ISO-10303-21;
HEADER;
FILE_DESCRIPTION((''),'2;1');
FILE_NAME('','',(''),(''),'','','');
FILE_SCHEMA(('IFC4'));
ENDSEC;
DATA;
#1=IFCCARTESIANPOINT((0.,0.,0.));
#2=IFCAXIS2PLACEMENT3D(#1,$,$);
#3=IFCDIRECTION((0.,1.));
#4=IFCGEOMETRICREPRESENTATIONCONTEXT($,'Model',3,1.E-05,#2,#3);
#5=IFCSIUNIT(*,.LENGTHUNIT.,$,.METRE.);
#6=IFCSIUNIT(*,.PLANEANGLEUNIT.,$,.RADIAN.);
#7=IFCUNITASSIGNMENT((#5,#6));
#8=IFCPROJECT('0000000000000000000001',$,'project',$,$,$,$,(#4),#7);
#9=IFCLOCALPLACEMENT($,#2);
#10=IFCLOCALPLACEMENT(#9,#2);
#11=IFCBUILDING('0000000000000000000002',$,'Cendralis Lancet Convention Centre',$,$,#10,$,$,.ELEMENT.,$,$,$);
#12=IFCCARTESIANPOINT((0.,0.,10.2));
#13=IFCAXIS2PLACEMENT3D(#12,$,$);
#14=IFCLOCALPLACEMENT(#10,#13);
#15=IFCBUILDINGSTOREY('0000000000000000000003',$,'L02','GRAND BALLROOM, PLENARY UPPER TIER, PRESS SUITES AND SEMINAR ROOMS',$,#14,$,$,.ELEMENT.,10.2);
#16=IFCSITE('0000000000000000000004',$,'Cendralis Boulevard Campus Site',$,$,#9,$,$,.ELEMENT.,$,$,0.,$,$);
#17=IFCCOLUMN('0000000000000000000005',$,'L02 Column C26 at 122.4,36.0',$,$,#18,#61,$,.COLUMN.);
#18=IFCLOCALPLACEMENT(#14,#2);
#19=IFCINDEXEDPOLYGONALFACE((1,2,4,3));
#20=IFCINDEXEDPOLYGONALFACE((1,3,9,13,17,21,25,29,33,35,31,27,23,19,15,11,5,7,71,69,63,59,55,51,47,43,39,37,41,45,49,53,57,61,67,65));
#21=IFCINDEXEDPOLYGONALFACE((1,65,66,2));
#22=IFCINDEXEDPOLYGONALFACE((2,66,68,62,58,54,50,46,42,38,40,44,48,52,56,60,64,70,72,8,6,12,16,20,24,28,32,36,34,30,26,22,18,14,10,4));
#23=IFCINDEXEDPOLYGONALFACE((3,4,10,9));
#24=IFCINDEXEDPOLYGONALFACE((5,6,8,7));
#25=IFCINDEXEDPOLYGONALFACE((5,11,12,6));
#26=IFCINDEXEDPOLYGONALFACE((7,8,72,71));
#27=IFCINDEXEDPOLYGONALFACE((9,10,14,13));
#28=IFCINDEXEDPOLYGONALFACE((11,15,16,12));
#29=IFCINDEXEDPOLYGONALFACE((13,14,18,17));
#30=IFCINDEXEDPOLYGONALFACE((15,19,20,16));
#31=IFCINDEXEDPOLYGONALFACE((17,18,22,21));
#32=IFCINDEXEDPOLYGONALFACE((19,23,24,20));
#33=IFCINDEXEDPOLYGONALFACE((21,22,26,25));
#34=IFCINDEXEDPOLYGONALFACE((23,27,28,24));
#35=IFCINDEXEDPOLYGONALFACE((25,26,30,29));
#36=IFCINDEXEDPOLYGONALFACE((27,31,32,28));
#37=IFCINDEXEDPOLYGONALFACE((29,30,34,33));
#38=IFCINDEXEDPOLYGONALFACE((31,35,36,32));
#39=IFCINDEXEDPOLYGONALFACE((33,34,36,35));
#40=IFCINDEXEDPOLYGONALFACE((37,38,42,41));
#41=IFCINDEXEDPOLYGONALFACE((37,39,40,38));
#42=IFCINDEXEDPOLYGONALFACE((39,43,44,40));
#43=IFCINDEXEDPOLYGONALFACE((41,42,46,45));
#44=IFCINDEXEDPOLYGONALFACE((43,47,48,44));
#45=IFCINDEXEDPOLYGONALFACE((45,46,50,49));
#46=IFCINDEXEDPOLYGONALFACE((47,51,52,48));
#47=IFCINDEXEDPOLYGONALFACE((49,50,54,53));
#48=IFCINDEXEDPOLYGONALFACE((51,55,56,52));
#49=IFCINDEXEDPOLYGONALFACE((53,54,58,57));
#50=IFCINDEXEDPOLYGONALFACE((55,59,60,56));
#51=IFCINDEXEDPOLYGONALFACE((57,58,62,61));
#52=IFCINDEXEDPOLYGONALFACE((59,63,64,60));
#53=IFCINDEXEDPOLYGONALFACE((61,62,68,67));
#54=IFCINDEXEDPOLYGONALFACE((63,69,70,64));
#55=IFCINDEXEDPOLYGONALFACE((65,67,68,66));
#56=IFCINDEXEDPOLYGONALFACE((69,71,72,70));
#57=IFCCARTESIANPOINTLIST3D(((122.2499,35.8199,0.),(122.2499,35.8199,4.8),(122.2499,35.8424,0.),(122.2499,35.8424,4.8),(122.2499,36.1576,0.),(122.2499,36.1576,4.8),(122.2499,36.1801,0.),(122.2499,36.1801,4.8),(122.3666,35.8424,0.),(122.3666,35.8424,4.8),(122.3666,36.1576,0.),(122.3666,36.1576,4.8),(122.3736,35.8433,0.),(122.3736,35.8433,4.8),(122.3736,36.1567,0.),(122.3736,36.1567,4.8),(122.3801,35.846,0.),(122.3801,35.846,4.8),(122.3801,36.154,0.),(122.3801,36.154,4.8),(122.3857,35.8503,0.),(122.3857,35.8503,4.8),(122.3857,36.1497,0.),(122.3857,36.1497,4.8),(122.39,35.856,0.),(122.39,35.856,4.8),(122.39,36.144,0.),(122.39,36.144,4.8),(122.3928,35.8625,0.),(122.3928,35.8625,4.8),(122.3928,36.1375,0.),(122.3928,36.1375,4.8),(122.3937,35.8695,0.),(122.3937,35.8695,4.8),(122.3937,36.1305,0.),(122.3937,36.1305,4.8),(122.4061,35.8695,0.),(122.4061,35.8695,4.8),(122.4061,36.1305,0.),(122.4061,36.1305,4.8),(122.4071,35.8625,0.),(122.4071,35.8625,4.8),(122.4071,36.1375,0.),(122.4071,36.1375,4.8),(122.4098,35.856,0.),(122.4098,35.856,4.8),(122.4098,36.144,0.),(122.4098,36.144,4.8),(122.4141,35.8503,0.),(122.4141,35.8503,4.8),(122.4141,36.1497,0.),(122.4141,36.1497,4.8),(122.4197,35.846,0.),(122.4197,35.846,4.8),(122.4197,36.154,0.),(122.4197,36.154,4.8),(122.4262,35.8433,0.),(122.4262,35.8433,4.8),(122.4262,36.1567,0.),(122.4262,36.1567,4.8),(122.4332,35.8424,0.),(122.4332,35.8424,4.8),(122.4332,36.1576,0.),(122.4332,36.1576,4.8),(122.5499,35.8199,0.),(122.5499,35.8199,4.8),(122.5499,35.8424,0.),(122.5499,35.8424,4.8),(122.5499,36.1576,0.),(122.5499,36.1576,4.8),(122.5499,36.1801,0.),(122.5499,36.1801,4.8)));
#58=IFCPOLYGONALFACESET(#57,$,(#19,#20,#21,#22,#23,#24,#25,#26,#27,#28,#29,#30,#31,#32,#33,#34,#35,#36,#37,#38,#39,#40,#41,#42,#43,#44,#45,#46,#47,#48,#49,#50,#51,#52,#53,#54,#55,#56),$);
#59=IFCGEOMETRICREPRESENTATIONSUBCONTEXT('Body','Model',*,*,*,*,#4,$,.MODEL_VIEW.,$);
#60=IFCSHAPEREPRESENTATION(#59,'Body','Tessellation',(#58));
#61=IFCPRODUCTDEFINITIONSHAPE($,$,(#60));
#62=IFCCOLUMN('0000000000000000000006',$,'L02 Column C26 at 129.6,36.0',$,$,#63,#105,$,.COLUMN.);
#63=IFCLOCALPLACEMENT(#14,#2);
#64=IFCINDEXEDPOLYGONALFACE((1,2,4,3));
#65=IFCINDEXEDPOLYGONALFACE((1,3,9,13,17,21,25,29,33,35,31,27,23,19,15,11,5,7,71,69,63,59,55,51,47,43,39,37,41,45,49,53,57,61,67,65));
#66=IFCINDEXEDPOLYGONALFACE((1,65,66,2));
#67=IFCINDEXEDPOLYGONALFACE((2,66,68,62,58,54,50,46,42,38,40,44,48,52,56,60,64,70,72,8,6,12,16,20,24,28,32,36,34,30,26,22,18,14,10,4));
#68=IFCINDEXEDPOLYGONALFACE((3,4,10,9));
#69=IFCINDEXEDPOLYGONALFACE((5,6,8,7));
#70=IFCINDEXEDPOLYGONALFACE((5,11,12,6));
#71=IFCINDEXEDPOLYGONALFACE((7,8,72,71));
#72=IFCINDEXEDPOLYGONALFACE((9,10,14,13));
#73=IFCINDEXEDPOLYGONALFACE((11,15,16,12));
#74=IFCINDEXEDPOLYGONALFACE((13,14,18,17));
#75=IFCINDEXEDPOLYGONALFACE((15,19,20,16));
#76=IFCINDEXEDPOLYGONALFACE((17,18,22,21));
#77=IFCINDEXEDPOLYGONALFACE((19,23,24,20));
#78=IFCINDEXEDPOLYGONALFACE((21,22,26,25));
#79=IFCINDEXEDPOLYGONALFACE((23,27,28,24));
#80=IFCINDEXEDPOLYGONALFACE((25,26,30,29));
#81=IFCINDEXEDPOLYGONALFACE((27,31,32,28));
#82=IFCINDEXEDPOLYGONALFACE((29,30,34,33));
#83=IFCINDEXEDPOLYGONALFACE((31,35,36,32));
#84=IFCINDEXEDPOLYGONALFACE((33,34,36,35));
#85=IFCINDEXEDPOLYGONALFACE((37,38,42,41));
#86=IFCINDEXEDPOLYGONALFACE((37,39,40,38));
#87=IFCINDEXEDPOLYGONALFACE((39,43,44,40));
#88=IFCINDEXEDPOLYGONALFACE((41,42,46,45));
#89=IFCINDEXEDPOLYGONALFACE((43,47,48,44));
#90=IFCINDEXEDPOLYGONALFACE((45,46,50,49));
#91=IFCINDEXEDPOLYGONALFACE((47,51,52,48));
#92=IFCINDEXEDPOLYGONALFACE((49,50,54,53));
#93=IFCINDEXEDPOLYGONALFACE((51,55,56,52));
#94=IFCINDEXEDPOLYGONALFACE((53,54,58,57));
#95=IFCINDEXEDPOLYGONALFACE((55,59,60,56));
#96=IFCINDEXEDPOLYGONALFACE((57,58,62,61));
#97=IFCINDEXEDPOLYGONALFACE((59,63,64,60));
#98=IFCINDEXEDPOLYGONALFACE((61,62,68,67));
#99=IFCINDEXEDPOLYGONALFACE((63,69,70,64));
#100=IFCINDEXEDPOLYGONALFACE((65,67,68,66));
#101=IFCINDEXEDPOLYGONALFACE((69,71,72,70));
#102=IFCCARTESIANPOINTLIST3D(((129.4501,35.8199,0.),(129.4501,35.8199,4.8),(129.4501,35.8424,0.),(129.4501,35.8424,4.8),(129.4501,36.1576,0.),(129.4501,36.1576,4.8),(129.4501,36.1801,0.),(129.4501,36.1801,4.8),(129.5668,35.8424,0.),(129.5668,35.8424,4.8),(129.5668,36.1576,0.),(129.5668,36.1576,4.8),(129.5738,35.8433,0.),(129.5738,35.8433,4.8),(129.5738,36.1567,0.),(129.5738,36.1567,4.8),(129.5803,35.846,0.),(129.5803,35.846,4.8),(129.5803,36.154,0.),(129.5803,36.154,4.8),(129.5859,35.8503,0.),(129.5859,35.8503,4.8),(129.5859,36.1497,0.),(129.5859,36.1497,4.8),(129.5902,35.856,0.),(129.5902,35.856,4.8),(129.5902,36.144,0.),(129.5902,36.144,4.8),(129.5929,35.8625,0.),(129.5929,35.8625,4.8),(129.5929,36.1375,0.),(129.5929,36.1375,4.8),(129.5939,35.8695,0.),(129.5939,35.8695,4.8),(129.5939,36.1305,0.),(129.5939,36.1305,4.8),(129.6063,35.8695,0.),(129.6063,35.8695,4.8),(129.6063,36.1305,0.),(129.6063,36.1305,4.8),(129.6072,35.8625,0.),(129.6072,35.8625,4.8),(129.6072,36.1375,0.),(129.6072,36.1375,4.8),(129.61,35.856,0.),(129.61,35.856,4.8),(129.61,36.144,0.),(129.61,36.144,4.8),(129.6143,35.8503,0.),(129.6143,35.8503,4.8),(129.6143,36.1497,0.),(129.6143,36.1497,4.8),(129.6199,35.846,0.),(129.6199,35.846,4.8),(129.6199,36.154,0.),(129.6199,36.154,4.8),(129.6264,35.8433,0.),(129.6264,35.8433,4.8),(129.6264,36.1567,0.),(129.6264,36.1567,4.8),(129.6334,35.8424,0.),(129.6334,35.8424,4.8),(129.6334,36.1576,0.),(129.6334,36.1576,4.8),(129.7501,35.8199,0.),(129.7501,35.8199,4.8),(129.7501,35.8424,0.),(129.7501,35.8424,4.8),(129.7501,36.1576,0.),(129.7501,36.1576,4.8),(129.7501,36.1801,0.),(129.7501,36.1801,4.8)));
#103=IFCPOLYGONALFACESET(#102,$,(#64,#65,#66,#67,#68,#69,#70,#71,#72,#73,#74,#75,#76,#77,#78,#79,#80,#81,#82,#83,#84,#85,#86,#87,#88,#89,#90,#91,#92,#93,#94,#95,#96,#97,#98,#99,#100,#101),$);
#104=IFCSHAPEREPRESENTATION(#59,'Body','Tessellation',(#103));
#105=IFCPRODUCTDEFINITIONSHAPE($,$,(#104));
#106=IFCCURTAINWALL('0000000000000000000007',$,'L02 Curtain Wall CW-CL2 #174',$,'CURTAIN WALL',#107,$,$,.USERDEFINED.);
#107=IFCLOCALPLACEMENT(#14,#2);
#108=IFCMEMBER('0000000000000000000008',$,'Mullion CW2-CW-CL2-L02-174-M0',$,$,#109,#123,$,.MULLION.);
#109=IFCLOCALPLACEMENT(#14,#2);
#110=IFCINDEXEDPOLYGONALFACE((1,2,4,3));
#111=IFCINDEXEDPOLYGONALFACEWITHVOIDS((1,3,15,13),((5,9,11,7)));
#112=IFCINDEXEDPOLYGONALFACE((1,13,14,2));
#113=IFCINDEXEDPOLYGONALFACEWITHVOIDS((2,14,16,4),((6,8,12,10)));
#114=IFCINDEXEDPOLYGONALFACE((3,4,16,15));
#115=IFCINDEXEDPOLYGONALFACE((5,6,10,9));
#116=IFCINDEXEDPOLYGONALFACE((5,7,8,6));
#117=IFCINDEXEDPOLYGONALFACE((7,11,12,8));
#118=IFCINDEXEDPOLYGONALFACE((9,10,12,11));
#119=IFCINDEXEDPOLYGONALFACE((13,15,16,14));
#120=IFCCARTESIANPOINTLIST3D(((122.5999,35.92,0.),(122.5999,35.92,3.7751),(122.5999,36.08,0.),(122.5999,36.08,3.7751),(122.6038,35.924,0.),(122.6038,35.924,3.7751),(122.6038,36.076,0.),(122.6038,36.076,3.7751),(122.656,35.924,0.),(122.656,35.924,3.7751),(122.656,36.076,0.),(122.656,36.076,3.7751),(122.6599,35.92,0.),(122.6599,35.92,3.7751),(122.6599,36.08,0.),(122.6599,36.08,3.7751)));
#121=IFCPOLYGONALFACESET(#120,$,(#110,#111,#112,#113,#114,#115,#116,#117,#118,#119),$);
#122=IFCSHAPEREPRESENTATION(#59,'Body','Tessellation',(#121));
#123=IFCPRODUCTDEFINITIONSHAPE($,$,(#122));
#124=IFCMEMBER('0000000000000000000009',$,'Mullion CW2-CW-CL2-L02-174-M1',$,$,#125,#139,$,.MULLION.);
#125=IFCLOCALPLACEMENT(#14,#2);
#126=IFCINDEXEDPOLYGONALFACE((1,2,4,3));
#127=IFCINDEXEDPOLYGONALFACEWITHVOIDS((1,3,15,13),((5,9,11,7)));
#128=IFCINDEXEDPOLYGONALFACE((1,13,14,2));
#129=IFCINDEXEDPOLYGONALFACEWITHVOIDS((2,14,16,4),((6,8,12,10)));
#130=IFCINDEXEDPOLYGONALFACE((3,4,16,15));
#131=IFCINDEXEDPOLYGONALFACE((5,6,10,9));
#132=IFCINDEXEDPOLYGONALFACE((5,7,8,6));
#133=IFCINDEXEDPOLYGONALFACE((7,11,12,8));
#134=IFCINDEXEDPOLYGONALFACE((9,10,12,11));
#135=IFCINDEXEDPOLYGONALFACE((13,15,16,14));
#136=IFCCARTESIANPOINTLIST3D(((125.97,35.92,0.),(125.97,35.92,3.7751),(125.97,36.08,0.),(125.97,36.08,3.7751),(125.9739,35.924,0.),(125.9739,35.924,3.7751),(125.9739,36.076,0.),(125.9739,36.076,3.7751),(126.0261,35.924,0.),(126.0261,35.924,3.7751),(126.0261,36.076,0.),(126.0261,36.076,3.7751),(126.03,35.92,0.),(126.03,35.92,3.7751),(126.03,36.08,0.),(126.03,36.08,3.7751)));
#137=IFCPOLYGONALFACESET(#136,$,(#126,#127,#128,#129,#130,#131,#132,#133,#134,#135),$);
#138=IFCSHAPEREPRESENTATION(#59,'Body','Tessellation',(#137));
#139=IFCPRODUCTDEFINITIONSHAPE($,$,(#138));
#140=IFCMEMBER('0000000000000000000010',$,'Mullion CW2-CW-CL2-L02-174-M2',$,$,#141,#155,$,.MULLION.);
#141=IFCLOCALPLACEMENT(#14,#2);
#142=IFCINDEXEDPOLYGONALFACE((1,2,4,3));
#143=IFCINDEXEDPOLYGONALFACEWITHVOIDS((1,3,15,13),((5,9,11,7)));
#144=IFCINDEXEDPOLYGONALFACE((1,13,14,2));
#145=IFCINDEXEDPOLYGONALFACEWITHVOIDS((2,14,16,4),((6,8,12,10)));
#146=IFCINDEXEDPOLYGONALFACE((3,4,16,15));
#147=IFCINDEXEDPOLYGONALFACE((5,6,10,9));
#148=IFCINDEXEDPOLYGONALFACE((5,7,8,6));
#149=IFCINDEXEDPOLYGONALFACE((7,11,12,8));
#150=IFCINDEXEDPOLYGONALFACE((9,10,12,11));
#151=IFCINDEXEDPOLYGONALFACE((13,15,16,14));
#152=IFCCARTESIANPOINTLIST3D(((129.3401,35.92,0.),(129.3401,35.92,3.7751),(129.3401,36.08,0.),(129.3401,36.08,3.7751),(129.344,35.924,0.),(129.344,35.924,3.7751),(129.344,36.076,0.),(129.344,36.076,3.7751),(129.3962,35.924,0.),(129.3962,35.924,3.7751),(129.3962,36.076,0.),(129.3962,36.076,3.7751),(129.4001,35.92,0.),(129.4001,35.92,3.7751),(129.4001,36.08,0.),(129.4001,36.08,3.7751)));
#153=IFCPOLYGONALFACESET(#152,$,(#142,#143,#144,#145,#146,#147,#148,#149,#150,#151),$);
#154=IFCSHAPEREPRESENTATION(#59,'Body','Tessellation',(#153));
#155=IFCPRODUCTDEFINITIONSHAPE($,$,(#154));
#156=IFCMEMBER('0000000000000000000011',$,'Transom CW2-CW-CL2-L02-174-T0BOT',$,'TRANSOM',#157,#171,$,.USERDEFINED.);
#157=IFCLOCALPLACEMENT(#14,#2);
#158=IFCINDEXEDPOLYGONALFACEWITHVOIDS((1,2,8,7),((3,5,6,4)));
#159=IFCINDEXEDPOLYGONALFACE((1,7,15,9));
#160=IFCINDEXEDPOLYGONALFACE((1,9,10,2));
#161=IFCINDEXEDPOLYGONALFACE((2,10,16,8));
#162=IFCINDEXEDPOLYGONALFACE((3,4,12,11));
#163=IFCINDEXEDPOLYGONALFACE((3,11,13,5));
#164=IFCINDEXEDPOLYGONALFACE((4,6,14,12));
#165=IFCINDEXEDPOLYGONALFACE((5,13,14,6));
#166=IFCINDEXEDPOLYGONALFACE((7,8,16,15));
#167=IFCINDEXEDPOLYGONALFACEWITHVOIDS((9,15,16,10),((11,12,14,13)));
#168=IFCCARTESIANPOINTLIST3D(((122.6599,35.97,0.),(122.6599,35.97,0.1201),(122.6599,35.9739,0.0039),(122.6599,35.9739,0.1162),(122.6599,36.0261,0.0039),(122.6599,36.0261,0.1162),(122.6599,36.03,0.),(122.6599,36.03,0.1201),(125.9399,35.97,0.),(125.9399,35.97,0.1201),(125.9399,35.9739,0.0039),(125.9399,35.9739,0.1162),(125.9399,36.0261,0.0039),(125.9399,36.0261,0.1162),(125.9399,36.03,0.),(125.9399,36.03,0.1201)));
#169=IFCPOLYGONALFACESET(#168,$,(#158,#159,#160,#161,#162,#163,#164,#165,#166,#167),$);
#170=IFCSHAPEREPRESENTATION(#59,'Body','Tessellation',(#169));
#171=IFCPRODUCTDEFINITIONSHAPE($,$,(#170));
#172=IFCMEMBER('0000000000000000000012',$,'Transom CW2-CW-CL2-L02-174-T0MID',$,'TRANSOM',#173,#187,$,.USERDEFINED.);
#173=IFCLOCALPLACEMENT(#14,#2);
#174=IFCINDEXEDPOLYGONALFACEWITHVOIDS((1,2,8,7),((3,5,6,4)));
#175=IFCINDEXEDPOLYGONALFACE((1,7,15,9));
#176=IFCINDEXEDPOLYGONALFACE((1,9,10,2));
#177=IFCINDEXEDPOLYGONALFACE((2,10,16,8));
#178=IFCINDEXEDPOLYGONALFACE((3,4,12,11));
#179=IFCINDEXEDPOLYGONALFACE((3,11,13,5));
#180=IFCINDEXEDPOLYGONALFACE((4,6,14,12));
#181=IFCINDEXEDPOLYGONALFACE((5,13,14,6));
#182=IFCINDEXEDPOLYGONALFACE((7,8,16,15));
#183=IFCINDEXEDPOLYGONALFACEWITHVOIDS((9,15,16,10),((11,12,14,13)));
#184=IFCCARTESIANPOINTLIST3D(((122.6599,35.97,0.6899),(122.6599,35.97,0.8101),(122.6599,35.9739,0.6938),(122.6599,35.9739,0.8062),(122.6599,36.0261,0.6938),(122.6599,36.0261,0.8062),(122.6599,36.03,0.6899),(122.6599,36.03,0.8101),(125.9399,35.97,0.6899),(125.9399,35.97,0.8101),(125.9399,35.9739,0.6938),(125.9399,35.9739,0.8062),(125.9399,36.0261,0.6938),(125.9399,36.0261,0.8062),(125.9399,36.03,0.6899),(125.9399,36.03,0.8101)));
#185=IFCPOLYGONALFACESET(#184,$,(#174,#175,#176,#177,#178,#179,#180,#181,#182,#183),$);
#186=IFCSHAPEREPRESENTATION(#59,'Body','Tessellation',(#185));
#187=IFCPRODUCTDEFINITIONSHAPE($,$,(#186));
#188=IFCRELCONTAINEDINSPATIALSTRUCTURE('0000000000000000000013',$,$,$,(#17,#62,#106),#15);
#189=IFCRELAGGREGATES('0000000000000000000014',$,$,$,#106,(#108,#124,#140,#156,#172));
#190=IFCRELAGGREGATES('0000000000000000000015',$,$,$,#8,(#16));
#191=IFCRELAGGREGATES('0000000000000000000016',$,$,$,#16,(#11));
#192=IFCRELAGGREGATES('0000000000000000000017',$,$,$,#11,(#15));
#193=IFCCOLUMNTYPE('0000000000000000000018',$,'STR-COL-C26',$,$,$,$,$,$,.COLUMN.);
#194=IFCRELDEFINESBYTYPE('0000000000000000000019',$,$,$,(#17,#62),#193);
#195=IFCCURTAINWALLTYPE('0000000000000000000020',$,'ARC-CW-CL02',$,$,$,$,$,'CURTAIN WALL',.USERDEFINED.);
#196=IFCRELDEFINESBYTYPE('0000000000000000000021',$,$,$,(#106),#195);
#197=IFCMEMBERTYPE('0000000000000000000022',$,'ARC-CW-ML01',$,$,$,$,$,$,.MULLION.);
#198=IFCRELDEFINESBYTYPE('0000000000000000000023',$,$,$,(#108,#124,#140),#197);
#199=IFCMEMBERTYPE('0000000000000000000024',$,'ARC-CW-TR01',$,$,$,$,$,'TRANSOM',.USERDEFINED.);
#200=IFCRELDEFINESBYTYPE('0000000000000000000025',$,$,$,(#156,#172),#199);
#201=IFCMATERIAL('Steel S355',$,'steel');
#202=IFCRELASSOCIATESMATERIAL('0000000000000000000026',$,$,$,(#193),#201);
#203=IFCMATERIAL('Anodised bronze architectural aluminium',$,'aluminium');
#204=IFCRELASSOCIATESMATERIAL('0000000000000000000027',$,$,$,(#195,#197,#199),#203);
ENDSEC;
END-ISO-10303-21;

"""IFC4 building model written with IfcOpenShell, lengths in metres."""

from ifc_helpers import new_model, si_unit, direction, frame, origin, origin_2d, place, context, subcontext, project, spatial, hollow_rectangle, i_section, extrude, material, material_profile, profile_set, type_object, element, aggregate, save


model = new_model("IFC4")

# Units and contexts
model_context = context("Model", 3, precision=1e-05, world=origin(), true_north=direction((0.0, 1.0)))
body_context = subcontext(model_context, "Body", "Model", "MODEL_VIEW")
ifc_project = project(units=[si_unit("LENGTHUNIT", "METRE"), si_unit("PLANEANGLEUNIT", "RADIAN")], contexts=[model_context])

# Site, building, storey
site_placement = place(None, origin())
site = spatial("IfcSite", under=ifc_project, at=site_placement, Name="Cendralis Boulevard Campus Site", CompositionType="ELEMENT", RefElevation=0.0)
building_placement = place(site_placement, origin())
building = spatial("IfcBuilding", under=site, at=building_placement, Name="Cendralis Lancet Convention Centre", CompositionType="ELEMENT")
storey_placement = place(building_placement, frame((0.0, 0.0, 10.2)))
storey = spatial("IfcBuildingStorey", under=building, at=storey_placement, Name="L02", Description="GRAND BALLROOM, PLENARY UPPER TIER, PRESS SUITES AND SEMINAR ROOMS", CompositionType="ELEMENT", Elevation=10.2)

# Columns
ifc_material_1 = material(Name="Steel S355", Category="steel")
ifc_material_profile_1 = material_profile(ifc_material_1, i_section(OverallWidth=0.3, OverallDepth=0.3601, WebThickness=0.0125, FlangeThickness=0.0225, FilletRadius=0.0271, at=origin_2d()), Name="HEB 360")
ifc_profile_set_1 = profile_set([ifc_material_profile_1], Name="Steel S355")
column_type = type_object("IfcColumnType", Name="STR-COL-C26", PredefinedType="COLUMN", material=ifc_profile_set_1)
for number, where, z_axis, x_axis, name in (
    (1, (122.3999, 36.0, 0.0), (0.0, 0.0, 1.0), (1.0, 0.0, 0.0), "L02 Column C26 at 122.4,36.0"),
    (2, (129.6001, 36.0, 0.0), (0.0, 0.0, 1.0), (1.0, 0.0, 0.0), "L02 Column C26 at 129.6,36.0"),
):
    element("IfcColumn", number, at=place(storey_placement, frame(where, z_axis=z_axis, x_axis=x_axis)), inside=storey, type_object=column_type, Name=name, PredefinedType="COLUMN", context=body_context, shape_type="SweptSolid", body=[
        extrude(i_section(OverallWidth=0.3, OverallDepth=0.3601, WebThickness=0.0125, FlangeThickness=0.0225, FilletRadius=0.0271, at=origin_2d()), origin(), (0.0, 0.0, 1.0), 4.8),
    ])

# Curtain wall, members
ifc_material_2 = material(Name="Anodised bronze architectural aluminium", Category="aluminium")
curtain_wall_type = type_object("IfcCurtainWallType", Name="ARC-CW-CL02", ElementType="CURTAIN WALL", PredefinedType="USERDEFINED", material=ifc_material_2)
curtain_wall_placement = place(storey_placement, origin())
curtain_wall = element("IfcCurtainWall", 3, at=curtain_wall_placement, inside=storey, type_object=curtain_wall_type, Name="L02 Curtain Wall CW-CL2 #174", ObjectType="CURTAIN WALL", PredefinedType="USERDEFINED")
ifc_material_profile_2 = material_profile(ifc_material_2, hollow_rectangle(XDim=0.0601, YDim=0.1599, WallThickness=0.0039, at=origin_2d()), Name="AL-MULL 60x160x4.0")
ifc_profile_set_2 = profile_set([ifc_material_profile_2], Name="Anodised bronze architectural aluminium")
member_type_1 = type_object("IfcMemberType", Name="ARC-CW-ML01", PredefinedType="MULLION", material=ifc_profile_set_2)
member_1_placement = place(storey_placement, frame((122.6299, 36.0, 0.0), z_axis=(0.0, 0.0, 1.0), x_axis=(1.0, 0.0, 0.0)))
member_1 = element("IfcMember", 4, at=member_1_placement, type_object=member_type_1, Name="Mullion CW2-CW-CL2-L02-174-M0", PredefinedType="MULLION", context=body_context, shape_type="SweptSolid", body=[
    extrude(hollow_rectangle(XDim=0.0601, YDim=0.1599, WallThickness=0.0039, at=origin_2d()), origin(), (0.0, 0.0, 1.0), 3.7751),
])
member_2_placement = place(storey_placement, frame((126.0, 36.0, 0.0), z_axis=(0.0, 0.0, 1.0), x_axis=(1.0, 0.0, 0.0)))
member_2 = element("IfcMember", 5, at=member_2_placement, type_object=member_type_1, Name="Mullion CW2-CW-CL2-L02-174-M1", PredefinedType="MULLION", context=body_context, shape_type="SweptSolid", body=[
    extrude(hollow_rectangle(XDim=0.0601, YDim=0.1599, WallThickness=0.0039, at=origin_2d()), origin(), (0.0, 0.0, 1.0), 3.7751),
])
member_3_placement = place(storey_placement, frame((129.3701, 36.0, 0.0), z_axis=(0.0, 0.0, 1.0), x_axis=(1.0, 0.0, 0.0)))
member_3 = element("IfcMember", 6, at=member_3_placement, type_object=member_type_1, Name="Mullion CW2-CW-CL2-L02-174-M2", PredefinedType="MULLION", context=body_context, shape_type="SweptSolid", body=[
    extrude(hollow_rectangle(XDim=0.0601, YDim=0.1599, WallThickness=0.0039, at=origin_2d()), origin(), (0.0, 0.0, 1.0), 3.7751),
])
ifc_material_profile_3 = material_profile(ifc_material_2, hollow_rectangle(XDim=0.0601, YDim=0.1201, WallThickness=0.0039, at=origin_2d()), Name="AL-TRAN 60x120x4.0")
ifc_profile_set_3 = profile_set([ifc_material_profile_3], Name="Anodised bronze architectural aluminium")
member_type_2 = type_object("IfcMemberType", Name="ARC-CW-TR01", ElementType="TRANSOM", PredefinedType="USERDEFINED", material=ifc_profile_set_3)
member_4_placement = place(storey_placement, frame((122.6599, 36.0, 0.0601), z_axis=(1.0, 0.0, 0.0), x_axis=(0.0, 1.0, 0.0)))
member_4 = element("IfcMember", 7, at=member_4_placement, type_object=member_type_2, Name="Transom CW2-CW-CL2-L02-174-T0BOT", ObjectType="TRANSOM", PredefinedType="USERDEFINED", context=body_context, shape_type="SweptSolid", body=[
    extrude(hollow_rectangle(XDim=0.0601, YDim=0.1201, WallThickness=0.0039, at=origin_2d()), origin(), (0.0, 0.0, 1.0), 3.28),
])
member_5_placement = place(storey_placement, frame((122.6599, 36.0, 0.75), z_axis=(1.0, 0.0, 0.0), x_axis=(0.0, 1.0, 0.0)))
member_5 = element("IfcMember", 8, at=member_5_placement, type_object=member_type_2, Name="Transom CW2-CW-CL2-L02-174-T0MID", ObjectType="TRANSOM", PredefinedType="USERDEFINED", context=body_context, shape_type="SweptSolid", body=[
    extrude(hollow_rectangle(XDim=0.0601, YDim=0.1201, WallThickness=0.0039, at=origin_2d()), origin(), (0.0, 0.0, 1.0), 3.28),
])

aggregate(curtain_wall, [member_1, member_2, member_3, member_4, member_5])

save(model, "model.ifc")
